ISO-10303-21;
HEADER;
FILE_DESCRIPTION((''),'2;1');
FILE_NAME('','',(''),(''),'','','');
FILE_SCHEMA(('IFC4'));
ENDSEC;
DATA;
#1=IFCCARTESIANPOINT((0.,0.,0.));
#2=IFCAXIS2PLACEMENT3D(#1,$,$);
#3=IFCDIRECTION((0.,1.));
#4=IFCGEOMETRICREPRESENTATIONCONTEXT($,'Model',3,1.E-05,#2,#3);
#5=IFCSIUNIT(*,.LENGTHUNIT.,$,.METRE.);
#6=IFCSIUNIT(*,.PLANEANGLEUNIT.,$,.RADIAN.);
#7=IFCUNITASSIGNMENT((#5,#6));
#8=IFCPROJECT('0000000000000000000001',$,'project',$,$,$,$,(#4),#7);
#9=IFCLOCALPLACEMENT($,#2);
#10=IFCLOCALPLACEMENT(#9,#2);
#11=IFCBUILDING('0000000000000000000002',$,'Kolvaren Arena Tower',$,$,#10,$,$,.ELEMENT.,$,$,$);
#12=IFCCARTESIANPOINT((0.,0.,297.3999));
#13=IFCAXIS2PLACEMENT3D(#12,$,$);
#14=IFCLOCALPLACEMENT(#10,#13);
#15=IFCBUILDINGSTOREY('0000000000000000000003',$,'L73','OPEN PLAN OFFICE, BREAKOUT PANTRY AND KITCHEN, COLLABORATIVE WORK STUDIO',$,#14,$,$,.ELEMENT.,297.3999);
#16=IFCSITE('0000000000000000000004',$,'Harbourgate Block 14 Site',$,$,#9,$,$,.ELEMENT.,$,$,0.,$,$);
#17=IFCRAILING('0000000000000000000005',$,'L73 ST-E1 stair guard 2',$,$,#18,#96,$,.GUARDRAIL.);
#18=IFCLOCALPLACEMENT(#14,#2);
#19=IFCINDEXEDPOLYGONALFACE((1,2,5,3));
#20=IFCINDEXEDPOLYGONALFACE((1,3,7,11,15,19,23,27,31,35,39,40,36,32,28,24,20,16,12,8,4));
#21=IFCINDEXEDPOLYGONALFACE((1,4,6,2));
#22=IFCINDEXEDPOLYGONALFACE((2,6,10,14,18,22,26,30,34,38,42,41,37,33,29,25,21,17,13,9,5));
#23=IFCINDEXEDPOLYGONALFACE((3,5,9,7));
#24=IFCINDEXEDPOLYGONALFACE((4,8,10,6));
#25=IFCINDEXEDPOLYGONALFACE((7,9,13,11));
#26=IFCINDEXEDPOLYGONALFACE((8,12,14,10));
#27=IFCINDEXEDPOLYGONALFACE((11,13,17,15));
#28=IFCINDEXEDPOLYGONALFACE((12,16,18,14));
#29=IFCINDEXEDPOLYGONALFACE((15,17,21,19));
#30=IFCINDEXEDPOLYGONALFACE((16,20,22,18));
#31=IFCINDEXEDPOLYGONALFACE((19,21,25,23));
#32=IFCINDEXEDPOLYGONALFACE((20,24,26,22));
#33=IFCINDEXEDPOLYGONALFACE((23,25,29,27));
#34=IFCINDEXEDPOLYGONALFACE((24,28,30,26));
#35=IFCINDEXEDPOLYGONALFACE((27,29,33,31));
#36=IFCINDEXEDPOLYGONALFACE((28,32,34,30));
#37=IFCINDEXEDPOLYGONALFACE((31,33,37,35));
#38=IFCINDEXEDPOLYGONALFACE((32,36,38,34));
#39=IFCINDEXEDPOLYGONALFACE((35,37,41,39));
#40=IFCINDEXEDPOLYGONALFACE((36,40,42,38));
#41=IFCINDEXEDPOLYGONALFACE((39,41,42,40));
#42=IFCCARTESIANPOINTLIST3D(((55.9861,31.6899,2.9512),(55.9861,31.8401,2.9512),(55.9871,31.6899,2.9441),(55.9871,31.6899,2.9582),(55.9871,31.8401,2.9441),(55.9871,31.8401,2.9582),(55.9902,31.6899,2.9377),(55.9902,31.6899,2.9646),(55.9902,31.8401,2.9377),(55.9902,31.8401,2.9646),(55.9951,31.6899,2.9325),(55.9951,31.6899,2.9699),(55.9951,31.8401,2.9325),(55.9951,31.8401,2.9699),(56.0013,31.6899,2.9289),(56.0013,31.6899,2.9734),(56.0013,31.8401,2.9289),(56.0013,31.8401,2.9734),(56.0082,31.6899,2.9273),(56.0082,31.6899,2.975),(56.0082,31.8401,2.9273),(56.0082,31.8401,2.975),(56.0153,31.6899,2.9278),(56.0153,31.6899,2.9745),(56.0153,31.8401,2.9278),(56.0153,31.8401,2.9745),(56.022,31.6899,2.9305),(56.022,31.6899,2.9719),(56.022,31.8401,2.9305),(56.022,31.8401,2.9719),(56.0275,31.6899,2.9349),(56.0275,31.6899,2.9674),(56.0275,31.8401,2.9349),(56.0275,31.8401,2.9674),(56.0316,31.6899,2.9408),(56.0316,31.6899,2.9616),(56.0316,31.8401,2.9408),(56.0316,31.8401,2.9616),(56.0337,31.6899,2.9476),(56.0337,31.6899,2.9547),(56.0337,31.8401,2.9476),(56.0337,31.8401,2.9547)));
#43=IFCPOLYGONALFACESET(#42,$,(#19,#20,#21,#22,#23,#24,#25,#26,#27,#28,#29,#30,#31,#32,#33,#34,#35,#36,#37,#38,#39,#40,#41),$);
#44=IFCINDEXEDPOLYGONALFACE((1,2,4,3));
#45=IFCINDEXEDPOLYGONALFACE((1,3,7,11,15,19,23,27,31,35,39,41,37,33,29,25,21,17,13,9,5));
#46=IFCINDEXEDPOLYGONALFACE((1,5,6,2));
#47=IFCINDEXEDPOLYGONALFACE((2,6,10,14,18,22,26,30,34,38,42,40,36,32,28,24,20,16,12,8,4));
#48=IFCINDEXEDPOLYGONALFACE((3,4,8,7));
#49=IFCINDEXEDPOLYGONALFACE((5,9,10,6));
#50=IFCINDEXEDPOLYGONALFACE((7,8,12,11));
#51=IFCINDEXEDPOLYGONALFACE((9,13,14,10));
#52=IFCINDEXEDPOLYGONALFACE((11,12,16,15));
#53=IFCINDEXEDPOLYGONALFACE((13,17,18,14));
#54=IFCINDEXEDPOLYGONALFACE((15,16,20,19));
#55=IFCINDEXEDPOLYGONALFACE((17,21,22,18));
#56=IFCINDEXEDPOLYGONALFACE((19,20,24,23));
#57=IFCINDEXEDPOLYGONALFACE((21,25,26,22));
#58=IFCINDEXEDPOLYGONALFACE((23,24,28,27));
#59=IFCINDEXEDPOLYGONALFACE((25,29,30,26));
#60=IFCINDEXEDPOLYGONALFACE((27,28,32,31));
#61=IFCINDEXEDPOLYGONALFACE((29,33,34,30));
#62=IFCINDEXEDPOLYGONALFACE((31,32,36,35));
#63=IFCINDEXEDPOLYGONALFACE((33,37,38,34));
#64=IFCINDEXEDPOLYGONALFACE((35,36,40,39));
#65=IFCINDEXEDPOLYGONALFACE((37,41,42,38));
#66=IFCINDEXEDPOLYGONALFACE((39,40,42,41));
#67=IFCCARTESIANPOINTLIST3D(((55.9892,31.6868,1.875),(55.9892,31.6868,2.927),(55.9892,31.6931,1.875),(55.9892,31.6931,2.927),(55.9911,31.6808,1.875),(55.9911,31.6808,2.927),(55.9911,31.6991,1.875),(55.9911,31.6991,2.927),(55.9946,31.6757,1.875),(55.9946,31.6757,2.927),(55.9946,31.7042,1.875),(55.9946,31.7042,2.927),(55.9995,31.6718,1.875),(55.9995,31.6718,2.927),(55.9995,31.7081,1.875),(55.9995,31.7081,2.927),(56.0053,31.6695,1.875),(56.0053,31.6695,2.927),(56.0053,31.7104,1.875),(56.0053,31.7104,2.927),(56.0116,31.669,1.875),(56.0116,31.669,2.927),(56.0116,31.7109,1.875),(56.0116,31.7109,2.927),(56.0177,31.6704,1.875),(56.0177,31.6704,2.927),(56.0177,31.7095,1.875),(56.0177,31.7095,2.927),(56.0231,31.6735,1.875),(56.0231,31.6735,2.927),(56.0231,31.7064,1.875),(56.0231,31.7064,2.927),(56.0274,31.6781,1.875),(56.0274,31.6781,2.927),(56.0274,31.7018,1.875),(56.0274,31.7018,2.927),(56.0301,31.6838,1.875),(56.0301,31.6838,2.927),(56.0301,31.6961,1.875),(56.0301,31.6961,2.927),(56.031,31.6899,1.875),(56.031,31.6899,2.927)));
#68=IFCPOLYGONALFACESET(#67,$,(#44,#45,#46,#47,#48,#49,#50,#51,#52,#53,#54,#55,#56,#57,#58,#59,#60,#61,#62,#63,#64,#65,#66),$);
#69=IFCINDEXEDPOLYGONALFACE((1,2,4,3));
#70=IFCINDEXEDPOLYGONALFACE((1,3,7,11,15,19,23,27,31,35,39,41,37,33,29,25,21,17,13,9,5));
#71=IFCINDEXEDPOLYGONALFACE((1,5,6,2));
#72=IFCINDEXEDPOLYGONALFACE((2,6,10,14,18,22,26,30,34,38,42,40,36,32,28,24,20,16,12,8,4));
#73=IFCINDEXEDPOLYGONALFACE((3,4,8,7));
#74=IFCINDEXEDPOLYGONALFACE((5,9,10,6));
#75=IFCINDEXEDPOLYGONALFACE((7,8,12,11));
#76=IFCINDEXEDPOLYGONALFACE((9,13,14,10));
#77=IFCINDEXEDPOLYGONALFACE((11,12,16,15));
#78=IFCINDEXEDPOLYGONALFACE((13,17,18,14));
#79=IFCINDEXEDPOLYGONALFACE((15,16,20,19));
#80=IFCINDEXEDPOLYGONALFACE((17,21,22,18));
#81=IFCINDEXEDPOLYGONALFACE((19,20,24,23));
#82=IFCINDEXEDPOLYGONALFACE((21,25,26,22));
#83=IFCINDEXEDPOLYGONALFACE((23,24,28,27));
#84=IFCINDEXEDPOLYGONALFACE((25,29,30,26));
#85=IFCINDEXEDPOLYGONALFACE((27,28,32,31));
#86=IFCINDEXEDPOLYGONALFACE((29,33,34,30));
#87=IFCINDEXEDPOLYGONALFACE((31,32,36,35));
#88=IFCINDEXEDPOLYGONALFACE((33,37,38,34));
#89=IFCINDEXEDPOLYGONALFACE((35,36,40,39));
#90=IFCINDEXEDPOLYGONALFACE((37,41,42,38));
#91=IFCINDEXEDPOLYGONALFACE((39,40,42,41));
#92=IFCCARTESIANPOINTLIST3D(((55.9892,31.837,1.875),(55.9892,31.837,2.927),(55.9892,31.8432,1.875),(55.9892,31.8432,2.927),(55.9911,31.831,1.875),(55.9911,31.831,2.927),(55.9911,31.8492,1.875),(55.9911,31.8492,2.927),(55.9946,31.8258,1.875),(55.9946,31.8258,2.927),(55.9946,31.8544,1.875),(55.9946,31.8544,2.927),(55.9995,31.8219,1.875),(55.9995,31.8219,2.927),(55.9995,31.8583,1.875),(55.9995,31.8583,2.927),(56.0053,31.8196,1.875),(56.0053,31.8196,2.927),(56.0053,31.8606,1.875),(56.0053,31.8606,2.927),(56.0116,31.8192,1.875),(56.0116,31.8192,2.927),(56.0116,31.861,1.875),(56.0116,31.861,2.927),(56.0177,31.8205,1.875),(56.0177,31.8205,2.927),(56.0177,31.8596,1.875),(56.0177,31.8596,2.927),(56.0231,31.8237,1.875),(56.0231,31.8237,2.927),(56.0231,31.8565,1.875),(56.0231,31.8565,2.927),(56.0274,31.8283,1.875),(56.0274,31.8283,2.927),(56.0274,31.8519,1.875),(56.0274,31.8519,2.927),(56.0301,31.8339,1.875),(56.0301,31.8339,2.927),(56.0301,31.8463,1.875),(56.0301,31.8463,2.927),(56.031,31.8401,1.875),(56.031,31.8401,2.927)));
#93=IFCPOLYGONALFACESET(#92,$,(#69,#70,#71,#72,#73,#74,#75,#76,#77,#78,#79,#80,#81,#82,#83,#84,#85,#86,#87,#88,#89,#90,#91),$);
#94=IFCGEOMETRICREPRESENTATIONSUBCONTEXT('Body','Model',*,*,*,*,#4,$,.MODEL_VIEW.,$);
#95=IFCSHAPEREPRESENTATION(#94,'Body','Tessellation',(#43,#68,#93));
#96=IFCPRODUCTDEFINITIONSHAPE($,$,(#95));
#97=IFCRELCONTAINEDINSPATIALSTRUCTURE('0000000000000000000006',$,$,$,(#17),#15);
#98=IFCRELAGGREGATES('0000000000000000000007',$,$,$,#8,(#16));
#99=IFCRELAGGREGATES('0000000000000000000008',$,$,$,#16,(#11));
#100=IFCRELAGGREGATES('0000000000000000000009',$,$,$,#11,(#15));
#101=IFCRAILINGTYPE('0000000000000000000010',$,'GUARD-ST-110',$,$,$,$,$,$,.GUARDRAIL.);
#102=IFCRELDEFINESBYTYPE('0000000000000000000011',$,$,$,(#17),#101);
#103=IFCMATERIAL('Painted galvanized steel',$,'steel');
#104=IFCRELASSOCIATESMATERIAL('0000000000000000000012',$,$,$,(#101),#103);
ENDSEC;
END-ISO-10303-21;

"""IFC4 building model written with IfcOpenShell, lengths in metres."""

from ifc_helpers import new_model, si_unit, direction, frame, origin, origin_2d, place, context, subcontext, project, spatial, circle, extrude, material, type_object, element, save


model = new_model("IFC4")

# Units and contexts
model_context = context("Model", 3, precision=1e-05, world=origin(), true_north=direction((0.0, 1.0)))
body_context = subcontext(model_context, "Body", "Model", "MODEL_VIEW")
ifc_project = project(units=[si_unit("LENGTHUNIT", "METRE"), si_unit("PLANEANGLEUNIT", "RADIAN")], contexts=[model_context])

# Site, building, storey
site_placement = place(None, origin())
site = spatial("IfcSite", under=ifc_project, at=site_placement, Name="Harbourgate Block 14 Site", CompositionType="ELEMENT", RefElevation=0.0)
building_placement = place(site_placement, origin())
building = spatial("IfcBuilding", under=site, at=building_placement, Name="Kolvaren Arena Tower", CompositionType="ELEMENT")
storey_placement = place(building_placement, frame((0.0, 0.0, 297.3999)))
storey = spatial("IfcBuildingStorey", under=building, at=storey_placement, Name="L73", Description="OPEN PLAN OFFICE, BREAKOUT PANTRY AND KITCHEN, COLLABORATIVE WORK STUDIO", CompositionType="ELEMENT", Elevation=297.3999)

# Railing
ifc_material_1 = material(Name="Painted galvanized steel", Category="steel")
railing_type_1 = type_object("IfcRailingType", Name="GUARD-ST-110", PredefinedType="GUARDRAIL", material=ifc_material_1)
railing_1_placement = place(storey_placement, frame((56.01, 31.6899, 1.875)))
element("IfcRailing", 1, at=railing_1_placement, inside=storey, type_object=railing_type_1, Name="L73 ST-E1 stair guard 2", PredefinedType="GUARDRAIL", context=body_context, shape_type="SweptSolid", body=[
    extrude(circle(Radius=0.0239, at=origin_2d()), frame((0.0, 0.0, 1.0762), z_axis=(0.0, 1.0, 0.0), x_axis=(-1.0, 0.0, 0.0)), (0.0, 0.0, 1.0), 0.1501),
    extrude(circle(Radius=0.021, at=origin_2d()), origin(), (0.0, 0.0, 1.0), 1.052),
    extrude(circle(Radius=0.021, at=origin_2d()), frame((0.0, 0.1501, 0.0)), (0.0, 0.0, 1.0), 1.052),
])

save(model, "model.ifc")
